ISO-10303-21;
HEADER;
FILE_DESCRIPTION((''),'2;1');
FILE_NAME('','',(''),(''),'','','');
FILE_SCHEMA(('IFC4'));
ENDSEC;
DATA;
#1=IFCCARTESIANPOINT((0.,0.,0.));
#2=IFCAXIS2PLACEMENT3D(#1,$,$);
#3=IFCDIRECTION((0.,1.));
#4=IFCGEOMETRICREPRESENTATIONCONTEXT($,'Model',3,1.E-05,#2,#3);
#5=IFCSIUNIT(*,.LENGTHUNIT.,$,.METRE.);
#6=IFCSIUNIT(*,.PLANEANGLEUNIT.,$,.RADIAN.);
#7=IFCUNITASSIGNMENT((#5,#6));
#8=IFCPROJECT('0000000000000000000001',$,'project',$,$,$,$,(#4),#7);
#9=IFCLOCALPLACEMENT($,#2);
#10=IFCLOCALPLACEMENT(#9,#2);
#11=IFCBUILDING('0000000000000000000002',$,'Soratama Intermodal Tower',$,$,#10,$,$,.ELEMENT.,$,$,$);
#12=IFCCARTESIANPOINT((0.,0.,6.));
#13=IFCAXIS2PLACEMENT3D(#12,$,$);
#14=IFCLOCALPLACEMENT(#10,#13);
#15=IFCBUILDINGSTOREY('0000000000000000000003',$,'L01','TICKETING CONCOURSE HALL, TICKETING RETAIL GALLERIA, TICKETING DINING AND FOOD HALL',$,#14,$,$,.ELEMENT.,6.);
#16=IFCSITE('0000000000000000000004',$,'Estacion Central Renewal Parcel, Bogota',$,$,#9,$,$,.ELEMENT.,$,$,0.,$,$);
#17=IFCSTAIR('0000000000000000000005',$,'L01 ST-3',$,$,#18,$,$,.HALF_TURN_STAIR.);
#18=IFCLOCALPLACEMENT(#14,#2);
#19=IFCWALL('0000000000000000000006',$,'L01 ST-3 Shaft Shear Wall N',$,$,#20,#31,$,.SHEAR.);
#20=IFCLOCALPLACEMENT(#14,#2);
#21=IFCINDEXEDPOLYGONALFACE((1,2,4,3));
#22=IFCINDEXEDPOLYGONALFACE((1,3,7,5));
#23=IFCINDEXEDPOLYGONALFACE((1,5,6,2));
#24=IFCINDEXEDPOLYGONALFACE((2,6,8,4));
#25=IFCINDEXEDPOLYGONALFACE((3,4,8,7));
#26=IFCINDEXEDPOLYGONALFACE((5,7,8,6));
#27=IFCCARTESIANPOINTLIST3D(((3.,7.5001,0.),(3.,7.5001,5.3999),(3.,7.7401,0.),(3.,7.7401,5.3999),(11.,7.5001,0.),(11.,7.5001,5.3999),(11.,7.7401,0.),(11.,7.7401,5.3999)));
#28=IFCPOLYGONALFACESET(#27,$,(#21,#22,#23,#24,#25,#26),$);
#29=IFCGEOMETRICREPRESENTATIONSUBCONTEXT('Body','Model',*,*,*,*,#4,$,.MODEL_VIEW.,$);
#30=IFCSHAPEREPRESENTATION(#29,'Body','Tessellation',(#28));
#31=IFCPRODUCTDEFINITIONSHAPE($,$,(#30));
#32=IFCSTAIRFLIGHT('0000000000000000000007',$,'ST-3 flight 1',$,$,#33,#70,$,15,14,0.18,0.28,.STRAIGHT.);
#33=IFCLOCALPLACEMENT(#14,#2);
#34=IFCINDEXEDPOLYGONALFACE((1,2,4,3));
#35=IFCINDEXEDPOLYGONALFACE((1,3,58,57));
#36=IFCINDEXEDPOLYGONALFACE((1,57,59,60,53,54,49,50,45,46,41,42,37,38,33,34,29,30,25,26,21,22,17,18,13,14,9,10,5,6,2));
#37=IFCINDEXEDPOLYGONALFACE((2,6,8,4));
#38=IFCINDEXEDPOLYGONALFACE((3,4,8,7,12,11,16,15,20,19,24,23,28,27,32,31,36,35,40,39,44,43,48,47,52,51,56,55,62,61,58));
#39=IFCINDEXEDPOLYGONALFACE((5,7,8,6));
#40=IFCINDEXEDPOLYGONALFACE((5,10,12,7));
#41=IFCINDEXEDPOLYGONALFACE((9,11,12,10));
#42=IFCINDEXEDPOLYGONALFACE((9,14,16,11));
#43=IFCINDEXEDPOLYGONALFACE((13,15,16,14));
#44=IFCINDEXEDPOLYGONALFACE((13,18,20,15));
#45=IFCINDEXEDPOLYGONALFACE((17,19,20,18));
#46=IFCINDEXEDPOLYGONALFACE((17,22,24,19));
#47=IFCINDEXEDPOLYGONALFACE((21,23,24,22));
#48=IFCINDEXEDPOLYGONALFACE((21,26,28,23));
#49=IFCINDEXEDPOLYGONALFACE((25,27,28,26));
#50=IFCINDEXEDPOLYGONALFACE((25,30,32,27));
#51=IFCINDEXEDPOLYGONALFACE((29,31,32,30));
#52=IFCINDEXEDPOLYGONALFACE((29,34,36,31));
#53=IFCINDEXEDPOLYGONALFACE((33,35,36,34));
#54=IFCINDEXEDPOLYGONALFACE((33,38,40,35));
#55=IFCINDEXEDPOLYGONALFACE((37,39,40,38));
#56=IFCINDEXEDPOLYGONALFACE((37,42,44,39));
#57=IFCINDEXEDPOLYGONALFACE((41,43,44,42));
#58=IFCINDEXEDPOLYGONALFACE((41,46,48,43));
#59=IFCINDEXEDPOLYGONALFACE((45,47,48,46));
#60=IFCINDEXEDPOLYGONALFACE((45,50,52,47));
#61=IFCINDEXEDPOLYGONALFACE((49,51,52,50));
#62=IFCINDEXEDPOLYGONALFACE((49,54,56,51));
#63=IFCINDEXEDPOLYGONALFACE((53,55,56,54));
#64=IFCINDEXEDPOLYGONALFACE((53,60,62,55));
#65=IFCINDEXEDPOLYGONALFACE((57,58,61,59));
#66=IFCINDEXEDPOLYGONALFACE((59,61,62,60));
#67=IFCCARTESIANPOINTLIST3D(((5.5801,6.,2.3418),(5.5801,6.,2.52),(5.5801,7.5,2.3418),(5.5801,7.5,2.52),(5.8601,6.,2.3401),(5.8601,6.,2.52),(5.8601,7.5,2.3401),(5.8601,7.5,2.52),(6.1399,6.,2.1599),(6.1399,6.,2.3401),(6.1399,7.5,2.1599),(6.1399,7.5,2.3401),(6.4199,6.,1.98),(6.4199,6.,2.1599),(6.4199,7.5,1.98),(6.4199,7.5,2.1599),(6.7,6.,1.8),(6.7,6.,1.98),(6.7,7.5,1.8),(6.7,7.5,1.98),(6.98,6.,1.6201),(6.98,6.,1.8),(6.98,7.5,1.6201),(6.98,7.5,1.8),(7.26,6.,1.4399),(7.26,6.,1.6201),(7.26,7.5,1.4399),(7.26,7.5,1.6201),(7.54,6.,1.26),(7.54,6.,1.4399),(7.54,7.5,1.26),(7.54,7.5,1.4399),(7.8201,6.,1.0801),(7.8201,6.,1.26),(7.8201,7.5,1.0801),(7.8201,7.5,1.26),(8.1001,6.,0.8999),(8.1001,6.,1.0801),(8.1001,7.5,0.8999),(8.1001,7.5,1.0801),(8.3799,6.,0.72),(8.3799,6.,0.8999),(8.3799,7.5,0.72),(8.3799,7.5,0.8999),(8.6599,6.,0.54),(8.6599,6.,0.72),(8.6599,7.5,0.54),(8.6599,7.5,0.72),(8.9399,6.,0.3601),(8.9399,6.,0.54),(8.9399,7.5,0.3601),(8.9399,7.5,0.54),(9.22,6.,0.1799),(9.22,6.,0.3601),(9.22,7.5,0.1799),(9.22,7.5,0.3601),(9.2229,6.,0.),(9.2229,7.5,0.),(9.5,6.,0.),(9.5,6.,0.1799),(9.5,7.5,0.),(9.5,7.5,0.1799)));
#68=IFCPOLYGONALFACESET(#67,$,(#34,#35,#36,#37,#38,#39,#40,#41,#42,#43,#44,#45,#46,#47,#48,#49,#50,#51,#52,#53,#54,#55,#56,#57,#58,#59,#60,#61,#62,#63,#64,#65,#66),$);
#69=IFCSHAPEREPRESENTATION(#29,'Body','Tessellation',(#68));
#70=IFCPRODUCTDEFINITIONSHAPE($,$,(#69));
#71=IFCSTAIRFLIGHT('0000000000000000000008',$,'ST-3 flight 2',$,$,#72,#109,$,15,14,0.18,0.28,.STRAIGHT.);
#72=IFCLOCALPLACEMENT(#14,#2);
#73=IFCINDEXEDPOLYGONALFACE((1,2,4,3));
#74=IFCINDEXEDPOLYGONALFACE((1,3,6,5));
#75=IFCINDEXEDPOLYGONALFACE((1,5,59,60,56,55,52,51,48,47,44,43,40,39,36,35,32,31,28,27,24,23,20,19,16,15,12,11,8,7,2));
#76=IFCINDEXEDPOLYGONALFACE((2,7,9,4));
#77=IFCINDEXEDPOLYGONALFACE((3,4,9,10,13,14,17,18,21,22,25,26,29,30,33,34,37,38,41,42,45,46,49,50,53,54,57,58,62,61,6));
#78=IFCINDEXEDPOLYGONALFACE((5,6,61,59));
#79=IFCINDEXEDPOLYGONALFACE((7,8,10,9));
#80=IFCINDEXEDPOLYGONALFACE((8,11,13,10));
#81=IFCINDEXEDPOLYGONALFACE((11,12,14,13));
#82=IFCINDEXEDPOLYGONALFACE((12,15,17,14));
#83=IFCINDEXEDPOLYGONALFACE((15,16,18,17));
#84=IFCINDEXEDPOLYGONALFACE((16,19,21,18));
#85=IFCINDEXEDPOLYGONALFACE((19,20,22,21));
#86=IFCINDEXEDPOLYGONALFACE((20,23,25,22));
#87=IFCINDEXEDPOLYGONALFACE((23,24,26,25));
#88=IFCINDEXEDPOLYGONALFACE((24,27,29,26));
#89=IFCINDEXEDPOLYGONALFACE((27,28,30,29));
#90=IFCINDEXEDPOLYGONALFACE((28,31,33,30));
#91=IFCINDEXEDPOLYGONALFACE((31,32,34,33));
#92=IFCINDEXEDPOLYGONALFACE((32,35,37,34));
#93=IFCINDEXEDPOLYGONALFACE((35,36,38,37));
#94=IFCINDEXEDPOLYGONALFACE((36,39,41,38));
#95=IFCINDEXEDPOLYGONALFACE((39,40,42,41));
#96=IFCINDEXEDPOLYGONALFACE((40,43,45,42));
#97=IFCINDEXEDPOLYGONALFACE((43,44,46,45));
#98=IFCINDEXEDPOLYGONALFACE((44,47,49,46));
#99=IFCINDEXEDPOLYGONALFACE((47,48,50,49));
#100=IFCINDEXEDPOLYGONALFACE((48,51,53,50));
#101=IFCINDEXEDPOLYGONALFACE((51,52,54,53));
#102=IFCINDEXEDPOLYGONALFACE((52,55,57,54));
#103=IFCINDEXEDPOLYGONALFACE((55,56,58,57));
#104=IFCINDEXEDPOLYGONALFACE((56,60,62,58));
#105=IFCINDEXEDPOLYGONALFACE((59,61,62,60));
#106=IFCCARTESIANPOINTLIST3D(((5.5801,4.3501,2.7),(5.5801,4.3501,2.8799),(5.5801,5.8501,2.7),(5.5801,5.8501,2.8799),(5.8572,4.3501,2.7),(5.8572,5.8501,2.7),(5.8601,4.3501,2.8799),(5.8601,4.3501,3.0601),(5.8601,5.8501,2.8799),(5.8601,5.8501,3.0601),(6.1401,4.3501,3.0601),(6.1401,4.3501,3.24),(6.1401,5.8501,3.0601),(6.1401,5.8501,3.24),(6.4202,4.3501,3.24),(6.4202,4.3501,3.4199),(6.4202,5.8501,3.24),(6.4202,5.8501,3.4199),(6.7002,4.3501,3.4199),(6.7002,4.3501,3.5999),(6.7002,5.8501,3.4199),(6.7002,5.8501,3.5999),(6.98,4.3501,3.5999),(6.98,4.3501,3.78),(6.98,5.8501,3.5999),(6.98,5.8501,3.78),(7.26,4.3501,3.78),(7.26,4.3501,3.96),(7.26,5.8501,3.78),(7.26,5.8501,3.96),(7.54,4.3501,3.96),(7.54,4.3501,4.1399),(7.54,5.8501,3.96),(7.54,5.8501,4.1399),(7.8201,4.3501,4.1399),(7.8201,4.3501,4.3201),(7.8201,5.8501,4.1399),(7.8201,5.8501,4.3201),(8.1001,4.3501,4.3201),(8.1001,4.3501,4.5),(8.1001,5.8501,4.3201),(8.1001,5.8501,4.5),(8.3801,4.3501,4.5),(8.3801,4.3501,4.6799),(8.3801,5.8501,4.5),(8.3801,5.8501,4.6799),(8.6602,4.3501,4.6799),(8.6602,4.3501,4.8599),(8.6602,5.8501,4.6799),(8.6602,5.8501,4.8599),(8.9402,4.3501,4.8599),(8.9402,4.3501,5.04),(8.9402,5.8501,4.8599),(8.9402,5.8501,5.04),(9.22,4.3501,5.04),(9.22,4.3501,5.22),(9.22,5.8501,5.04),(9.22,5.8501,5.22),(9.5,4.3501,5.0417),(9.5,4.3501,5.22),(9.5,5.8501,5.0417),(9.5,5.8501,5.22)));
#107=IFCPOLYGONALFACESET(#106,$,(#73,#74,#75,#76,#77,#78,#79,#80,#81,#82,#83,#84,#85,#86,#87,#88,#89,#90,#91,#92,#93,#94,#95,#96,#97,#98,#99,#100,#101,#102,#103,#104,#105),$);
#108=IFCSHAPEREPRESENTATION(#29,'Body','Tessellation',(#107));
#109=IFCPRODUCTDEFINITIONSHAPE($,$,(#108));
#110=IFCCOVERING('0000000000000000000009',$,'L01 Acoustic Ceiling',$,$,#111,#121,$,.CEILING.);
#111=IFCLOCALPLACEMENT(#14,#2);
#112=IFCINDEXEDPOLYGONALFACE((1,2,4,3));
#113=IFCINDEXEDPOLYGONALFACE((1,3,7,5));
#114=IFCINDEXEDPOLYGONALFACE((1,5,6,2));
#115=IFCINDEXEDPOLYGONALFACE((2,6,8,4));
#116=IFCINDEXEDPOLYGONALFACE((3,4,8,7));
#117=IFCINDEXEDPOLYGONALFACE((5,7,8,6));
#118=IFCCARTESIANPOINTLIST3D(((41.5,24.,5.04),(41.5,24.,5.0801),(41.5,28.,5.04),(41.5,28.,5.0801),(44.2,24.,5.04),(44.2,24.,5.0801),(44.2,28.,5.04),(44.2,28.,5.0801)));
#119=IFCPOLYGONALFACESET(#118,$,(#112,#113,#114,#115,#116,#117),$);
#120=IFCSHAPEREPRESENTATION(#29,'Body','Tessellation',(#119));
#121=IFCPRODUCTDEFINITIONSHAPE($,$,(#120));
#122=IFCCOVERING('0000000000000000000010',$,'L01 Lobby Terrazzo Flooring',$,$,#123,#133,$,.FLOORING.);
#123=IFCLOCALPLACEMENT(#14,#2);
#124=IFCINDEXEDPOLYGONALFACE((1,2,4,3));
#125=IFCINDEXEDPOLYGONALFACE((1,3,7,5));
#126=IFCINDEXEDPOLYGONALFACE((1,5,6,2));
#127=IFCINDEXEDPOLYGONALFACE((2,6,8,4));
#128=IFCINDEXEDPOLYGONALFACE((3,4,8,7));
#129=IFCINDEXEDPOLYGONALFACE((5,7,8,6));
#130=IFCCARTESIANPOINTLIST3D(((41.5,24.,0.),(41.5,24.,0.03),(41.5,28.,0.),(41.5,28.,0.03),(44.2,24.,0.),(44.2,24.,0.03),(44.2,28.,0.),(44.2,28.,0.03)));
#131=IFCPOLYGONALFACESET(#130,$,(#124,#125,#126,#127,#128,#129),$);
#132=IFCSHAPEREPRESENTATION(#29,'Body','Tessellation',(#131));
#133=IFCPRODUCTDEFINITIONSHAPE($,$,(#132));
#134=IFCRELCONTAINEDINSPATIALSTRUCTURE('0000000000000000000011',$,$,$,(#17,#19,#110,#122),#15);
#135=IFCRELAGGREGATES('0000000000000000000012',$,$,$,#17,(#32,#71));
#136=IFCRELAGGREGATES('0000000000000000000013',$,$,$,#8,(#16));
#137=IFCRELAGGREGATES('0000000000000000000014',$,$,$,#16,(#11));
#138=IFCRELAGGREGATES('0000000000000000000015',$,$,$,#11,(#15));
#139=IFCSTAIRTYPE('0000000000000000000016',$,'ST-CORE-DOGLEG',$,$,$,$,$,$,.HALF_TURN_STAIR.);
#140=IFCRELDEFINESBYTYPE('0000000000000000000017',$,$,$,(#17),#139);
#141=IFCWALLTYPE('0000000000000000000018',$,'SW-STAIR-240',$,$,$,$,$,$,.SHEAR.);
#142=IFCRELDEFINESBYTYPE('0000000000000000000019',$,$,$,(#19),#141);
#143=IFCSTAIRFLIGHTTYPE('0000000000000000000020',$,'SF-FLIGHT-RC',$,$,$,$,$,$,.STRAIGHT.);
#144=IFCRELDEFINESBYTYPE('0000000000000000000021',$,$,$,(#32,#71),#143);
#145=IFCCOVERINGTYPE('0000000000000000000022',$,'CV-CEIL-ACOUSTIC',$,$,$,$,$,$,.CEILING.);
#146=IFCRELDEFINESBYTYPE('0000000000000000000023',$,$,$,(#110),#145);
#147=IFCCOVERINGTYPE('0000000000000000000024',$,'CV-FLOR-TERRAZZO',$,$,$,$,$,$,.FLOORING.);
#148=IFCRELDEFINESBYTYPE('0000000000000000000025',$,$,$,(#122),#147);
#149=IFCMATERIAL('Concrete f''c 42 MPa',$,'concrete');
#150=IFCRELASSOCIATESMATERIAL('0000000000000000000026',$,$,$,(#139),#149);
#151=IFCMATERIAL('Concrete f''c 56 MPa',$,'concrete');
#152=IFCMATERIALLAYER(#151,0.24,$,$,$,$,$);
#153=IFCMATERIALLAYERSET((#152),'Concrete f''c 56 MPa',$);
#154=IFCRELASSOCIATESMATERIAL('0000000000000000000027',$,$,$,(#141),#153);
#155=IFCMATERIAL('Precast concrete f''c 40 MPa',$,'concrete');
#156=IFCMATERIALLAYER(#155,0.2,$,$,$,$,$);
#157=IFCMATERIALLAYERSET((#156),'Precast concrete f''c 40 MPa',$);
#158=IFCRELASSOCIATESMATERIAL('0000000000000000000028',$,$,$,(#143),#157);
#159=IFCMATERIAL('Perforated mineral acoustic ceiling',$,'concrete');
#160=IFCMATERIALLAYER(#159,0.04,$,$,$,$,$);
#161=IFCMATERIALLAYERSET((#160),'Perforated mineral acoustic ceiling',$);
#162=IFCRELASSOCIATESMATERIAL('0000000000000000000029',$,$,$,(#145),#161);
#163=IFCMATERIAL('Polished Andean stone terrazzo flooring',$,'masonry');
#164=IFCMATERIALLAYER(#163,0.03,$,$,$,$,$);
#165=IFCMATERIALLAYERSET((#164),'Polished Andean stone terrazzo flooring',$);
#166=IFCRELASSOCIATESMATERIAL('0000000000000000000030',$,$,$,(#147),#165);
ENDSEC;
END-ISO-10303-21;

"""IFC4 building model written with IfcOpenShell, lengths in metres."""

from ifc_helpers import new_model, si_unit, direction, frame, frame_2d, origin, place, context, subcontext, project, spatial, polyline, rectangle, outline, extrude, material, layer, layer_set, type_object, element, aggregate, save


model = new_model("IFC4")

# Units and contexts
model_context = context("Model", 3, precision=1e-05, world=origin(), true_north=direction((0.0, 1.0)))
body_context = subcontext(model_context, "Body", "Model", "MODEL_VIEW")
ifc_project = project(units=[si_unit("LENGTHUNIT", "METRE"), si_unit("PLANEANGLEUNIT", "RADIAN")], contexts=[model_context])

# Site, building, storey
site_placement = place(None, origin())
site = spatial("IfcSite", under=ifc_project, at=site_placement, Name="Estacion Central Renewal Parcel, Bogota", CompositionType="ELEMENT", RefElevation=0.0)
building_placement = place(site_placement, origin())
building = spatial("IfcBuilding", under=site, at=building_placement, Name="Soratama Intermodal Tower", CompositionType="ELEMENT")
storey_placement = place(building_placement, frame((0.0, 0.0, 6.0)))
storey = spatial("IfcBuildingStorey", under=building, at=storey_placement, Name="L01", Description="TICKETING CONCOURSE HALL, TICKETING RETAIL GALLERIA, TICKETING DINING AND FOOD HALL", CompositionType="ELEMENT", Elevation=6.0)

# Stair
ifc_material_1 = material(Name="Concrete f'c 42 MPa", Category="concrete")
stair_type = type_object("IfcStairType", Name="ST-CORE-DOGLEG", PredefinedType="HALF_TURN_STAIR", material=ifc_material_1)
stair_1_placement = place(storey_placement, origin())
stair_1 = element("IfcStair", 1, at=stair_1_placement, inside=storey, type_object=stair_type, Name="L01 ST-3", PredefinedType="HALF_TURN_STAIR")

# Wall
ifc_material_2 = material(Name="Concrete f'c 56 MPa", Category="concrete")
ifc_layer_1 = layer(ifc_material_2, 0.24)
ifc_layer_set_1 = layer_set([ifc_layer_1], Name="Concrete f'c 56 MPa")
wall_type_1 = type_object("IfcWallType", Name="SW-STAIR-240", PredefinedType="SHEAR", material=ifc_layer_set_1)
for number, where, z_axis, x_axis, name in (
    (2, (3.0, 7.6201, 0.0), (0.0, 0.0, 1.0), (1.0, 0.0, 0.0), "L01 ST-3 Shaft Shear Wall N"),
):
    element("IfcWall", number, at=place(storey_placement, frame(where, z_axis=z_axis, x_axis=x_axis)), inside=storey, type_object=wall_type_1, Name=name, PredefinedType="SHEAR", context=body_context, shape_type="SweptSolid", body=[
        extrude(rectangle(XDim=8.0, YDim=0.24, at=frame_2d((4.0, 0.0))), origin(), (0.0, 0.0, 1.0), 5.3999),
    ])

# Stair flights
ifc_material_3 = material(Name="Precast concrete f'c 40 MPa", Category="concrete")
ifc_layer_2 = layer(ifc_material_3, 0.2)
ifc_layer_set_2 = layer_set([ifc_layer_2], Name="Precast concrete f'c 40 MPa")
stair_flight_type = type_object("IfcStairFlightType", Name="SF-FLIGHT-RC", PredefinedType="STRAIGHT", material=ifc_layer_set_2)
stair_flight_1_placement = place(storey_placement, frame((9.5, 6.75, 0.0), z_axis=(0.0, 0.0, 1.0), x_axis=(-1.0, 0.0, 0.0)))
stair_flight_1 = element("IfcStairFlight", 3, at=stair_flight_1_placement, type_object=stair_flight_type, Name="ST-3 flight 1", NumberOfRisers=15, NumberOfTreads=14, PredefinedType="STRAIGHT", RiserHeight=0.18, TreadLength=0.28, context=body_context, shape_type="SweptSolid", body=[
    extrude(outline(polyline([(0.0, 0.0), (0.0, 0.1799), (0.28, 0.1799), (0.28, 0.3601), (0.5601, 0.3601), (0.5601, 0.54), (0.8401, 0.54), (0.8401, 0.72), (1.1201, 0.72), (1.1201, 0.8999), (1.3999, 0.8999), (1.3999, 1.0801), (1.6799, 1.0801), (1.6799, 1.26), (1.96, 1.26), (1.96, 1.4399), (2.24, 1.4399), (2.24, 1.6201), (2.52, 1.6201), (2.52, 1.8), (2.8, 1.8), (2.8, 1.98), (3.0801, 1.98), (3.0801, 2.1599), (3.3601, 2.1599), (3.3601, 2.3401), (3.6399, 2.3401), (3.6399, 2.52), (3.9199, 2.52), (3.9199, 2.7), (3.9199, 2.3418), (0.2771, 0.0), (0.0, 0.0)])), frame((0.0, 0.75, 0.0), z_axis=(0.0, -1.0, 0.0), x_axis=(1.0, 0.0, 0.0)), (0.0, 0.0, 1.0), 1.5),
])
stair_flight_2_placement = place(storey_placement, frame((5.5801, 5.1001, 2.7), z_axis=(0.0, 0.0, 1.0), x_axis=(1.0, 0.0, 0.0)))
stair_flight_2 = element("IfcStairFlight", 4, at=stair_flight_2_placement, type_object=stair_flight_type, Name="ST-3 flight 2", NumberOfRisers=15, NumberOfTreads=14, PredefinedType="STRAIGHT", RiserHeight=0.18, TreadLength=0.28, context=body_context, shape_type="SweptSolid", body=[
    extrude(outline(polyline([(0.0, 0.0), (0.0, 0.1799), (0.28, 0.1799), (0.28, 0.3601), (0.5601, 0.3601), (0.5601, 0.54), (0.8401, 0.54), (0.8401, 0.72), (1.1201, 0.72), (1.1201, 0.8999), (1.3999, 0.8999), (1.3999, 1.0801), (1.6799, 1.0801), (1.6799, 1.26), (1.96, 1.26), (1.96, 1.4399), (2.24, 1.4399), (2.24, 1.6201), (2.52, 1.6201), (2.52, 1.8), (2.8, 1.8), (2.8, 1.98), (3.0801, 1.98), (3.0801, 2.1599), (3.3601, 2.1599), (3.3601, 2.3401), (3.6399, 2.3401), (3.6399, 2.52), (3.9199, 2.52), (3.9199, 2.7), (3.9199, 2.3418), (0.2771, 0.0), (0.0, 0.0)])), frame((0.0, 0.75, 0.0), z_axis=(0.0, -1.0, 0.0), x_axis=(1.0, 0.0, 0.0)), (0.0, 0.0, 1.0), 1.5),
])
aggregate(stair_1, [stair_flight_1, stair_flight_2])

# Coverings
ifc_material_4 = material(Name="Perforated mineral acoustic ceiling", Category="concrete")
ifc_layer_3 = layer(ifc_material_4, 0.04)
ifc_layer_set_3 = layer_set([ifc_layer_3], Name="Perforated mineral acoustic ceiling")
covering_type_1 = type_object("IfcCoveringType", Name="CV-CEIL-ACOUSTIC", PredefinedType="CEILING", material=ifc_layer_set_3)
covering_1_placement = place(storey_placement, frame((0.0, 0.0, 5.04)))
element("IfcCovering", 5, at=covering_1_placement, inside=storey, type_object=covering_type_1, Name="L01 Acoustic Ceiling", PredefinedType="CEILING", context=body_context, shape_type="SweptSolid", body=[
    extrude(outline(polyline([(41.5, 24.0), (44.2, 24.0), (44.2, 28.0), (41.5, 28.0), (41.5, 24.0)])), origin(), (0.0, 0.0, 1.0), 0.04),
])
ifc_material_5 = material(Name="Polished Andean stone terrazzo flooring", Category="masonry")
ifc_layer_4 = layer(ifc_material_5, 0.03)
ifc_layer_set_4 = layer_set([ifc_layer_4], Name="Polished Andean stone terrazzo flooring")
covering_type_2 = type_object("IfcCoveringType", Name="CV-FLOR-TERRAZZO", PredefinedType="FLOORING", material=ifc_layer_set_4)
covering_2_placement = place(storey_placement, origin())
element("IfcCovering", 6, at=covering_2_placement, inside=storey, type_object=covering_type_2, Name="L01 Lobby Terrazzo Flooring", PredefinedType="FLOORING", context=body_context, shape_type="SweptSolid", body=[
    extrude(outline(polyline([(41.5, 24.0), (44.2, 24.0), (44.2, 28.0), (41.5, 28.0), (41.5, 24.0)])), origin(), (0.0, 0.0, 1.0), 0.03),
])

save(model, "model.ifc")
